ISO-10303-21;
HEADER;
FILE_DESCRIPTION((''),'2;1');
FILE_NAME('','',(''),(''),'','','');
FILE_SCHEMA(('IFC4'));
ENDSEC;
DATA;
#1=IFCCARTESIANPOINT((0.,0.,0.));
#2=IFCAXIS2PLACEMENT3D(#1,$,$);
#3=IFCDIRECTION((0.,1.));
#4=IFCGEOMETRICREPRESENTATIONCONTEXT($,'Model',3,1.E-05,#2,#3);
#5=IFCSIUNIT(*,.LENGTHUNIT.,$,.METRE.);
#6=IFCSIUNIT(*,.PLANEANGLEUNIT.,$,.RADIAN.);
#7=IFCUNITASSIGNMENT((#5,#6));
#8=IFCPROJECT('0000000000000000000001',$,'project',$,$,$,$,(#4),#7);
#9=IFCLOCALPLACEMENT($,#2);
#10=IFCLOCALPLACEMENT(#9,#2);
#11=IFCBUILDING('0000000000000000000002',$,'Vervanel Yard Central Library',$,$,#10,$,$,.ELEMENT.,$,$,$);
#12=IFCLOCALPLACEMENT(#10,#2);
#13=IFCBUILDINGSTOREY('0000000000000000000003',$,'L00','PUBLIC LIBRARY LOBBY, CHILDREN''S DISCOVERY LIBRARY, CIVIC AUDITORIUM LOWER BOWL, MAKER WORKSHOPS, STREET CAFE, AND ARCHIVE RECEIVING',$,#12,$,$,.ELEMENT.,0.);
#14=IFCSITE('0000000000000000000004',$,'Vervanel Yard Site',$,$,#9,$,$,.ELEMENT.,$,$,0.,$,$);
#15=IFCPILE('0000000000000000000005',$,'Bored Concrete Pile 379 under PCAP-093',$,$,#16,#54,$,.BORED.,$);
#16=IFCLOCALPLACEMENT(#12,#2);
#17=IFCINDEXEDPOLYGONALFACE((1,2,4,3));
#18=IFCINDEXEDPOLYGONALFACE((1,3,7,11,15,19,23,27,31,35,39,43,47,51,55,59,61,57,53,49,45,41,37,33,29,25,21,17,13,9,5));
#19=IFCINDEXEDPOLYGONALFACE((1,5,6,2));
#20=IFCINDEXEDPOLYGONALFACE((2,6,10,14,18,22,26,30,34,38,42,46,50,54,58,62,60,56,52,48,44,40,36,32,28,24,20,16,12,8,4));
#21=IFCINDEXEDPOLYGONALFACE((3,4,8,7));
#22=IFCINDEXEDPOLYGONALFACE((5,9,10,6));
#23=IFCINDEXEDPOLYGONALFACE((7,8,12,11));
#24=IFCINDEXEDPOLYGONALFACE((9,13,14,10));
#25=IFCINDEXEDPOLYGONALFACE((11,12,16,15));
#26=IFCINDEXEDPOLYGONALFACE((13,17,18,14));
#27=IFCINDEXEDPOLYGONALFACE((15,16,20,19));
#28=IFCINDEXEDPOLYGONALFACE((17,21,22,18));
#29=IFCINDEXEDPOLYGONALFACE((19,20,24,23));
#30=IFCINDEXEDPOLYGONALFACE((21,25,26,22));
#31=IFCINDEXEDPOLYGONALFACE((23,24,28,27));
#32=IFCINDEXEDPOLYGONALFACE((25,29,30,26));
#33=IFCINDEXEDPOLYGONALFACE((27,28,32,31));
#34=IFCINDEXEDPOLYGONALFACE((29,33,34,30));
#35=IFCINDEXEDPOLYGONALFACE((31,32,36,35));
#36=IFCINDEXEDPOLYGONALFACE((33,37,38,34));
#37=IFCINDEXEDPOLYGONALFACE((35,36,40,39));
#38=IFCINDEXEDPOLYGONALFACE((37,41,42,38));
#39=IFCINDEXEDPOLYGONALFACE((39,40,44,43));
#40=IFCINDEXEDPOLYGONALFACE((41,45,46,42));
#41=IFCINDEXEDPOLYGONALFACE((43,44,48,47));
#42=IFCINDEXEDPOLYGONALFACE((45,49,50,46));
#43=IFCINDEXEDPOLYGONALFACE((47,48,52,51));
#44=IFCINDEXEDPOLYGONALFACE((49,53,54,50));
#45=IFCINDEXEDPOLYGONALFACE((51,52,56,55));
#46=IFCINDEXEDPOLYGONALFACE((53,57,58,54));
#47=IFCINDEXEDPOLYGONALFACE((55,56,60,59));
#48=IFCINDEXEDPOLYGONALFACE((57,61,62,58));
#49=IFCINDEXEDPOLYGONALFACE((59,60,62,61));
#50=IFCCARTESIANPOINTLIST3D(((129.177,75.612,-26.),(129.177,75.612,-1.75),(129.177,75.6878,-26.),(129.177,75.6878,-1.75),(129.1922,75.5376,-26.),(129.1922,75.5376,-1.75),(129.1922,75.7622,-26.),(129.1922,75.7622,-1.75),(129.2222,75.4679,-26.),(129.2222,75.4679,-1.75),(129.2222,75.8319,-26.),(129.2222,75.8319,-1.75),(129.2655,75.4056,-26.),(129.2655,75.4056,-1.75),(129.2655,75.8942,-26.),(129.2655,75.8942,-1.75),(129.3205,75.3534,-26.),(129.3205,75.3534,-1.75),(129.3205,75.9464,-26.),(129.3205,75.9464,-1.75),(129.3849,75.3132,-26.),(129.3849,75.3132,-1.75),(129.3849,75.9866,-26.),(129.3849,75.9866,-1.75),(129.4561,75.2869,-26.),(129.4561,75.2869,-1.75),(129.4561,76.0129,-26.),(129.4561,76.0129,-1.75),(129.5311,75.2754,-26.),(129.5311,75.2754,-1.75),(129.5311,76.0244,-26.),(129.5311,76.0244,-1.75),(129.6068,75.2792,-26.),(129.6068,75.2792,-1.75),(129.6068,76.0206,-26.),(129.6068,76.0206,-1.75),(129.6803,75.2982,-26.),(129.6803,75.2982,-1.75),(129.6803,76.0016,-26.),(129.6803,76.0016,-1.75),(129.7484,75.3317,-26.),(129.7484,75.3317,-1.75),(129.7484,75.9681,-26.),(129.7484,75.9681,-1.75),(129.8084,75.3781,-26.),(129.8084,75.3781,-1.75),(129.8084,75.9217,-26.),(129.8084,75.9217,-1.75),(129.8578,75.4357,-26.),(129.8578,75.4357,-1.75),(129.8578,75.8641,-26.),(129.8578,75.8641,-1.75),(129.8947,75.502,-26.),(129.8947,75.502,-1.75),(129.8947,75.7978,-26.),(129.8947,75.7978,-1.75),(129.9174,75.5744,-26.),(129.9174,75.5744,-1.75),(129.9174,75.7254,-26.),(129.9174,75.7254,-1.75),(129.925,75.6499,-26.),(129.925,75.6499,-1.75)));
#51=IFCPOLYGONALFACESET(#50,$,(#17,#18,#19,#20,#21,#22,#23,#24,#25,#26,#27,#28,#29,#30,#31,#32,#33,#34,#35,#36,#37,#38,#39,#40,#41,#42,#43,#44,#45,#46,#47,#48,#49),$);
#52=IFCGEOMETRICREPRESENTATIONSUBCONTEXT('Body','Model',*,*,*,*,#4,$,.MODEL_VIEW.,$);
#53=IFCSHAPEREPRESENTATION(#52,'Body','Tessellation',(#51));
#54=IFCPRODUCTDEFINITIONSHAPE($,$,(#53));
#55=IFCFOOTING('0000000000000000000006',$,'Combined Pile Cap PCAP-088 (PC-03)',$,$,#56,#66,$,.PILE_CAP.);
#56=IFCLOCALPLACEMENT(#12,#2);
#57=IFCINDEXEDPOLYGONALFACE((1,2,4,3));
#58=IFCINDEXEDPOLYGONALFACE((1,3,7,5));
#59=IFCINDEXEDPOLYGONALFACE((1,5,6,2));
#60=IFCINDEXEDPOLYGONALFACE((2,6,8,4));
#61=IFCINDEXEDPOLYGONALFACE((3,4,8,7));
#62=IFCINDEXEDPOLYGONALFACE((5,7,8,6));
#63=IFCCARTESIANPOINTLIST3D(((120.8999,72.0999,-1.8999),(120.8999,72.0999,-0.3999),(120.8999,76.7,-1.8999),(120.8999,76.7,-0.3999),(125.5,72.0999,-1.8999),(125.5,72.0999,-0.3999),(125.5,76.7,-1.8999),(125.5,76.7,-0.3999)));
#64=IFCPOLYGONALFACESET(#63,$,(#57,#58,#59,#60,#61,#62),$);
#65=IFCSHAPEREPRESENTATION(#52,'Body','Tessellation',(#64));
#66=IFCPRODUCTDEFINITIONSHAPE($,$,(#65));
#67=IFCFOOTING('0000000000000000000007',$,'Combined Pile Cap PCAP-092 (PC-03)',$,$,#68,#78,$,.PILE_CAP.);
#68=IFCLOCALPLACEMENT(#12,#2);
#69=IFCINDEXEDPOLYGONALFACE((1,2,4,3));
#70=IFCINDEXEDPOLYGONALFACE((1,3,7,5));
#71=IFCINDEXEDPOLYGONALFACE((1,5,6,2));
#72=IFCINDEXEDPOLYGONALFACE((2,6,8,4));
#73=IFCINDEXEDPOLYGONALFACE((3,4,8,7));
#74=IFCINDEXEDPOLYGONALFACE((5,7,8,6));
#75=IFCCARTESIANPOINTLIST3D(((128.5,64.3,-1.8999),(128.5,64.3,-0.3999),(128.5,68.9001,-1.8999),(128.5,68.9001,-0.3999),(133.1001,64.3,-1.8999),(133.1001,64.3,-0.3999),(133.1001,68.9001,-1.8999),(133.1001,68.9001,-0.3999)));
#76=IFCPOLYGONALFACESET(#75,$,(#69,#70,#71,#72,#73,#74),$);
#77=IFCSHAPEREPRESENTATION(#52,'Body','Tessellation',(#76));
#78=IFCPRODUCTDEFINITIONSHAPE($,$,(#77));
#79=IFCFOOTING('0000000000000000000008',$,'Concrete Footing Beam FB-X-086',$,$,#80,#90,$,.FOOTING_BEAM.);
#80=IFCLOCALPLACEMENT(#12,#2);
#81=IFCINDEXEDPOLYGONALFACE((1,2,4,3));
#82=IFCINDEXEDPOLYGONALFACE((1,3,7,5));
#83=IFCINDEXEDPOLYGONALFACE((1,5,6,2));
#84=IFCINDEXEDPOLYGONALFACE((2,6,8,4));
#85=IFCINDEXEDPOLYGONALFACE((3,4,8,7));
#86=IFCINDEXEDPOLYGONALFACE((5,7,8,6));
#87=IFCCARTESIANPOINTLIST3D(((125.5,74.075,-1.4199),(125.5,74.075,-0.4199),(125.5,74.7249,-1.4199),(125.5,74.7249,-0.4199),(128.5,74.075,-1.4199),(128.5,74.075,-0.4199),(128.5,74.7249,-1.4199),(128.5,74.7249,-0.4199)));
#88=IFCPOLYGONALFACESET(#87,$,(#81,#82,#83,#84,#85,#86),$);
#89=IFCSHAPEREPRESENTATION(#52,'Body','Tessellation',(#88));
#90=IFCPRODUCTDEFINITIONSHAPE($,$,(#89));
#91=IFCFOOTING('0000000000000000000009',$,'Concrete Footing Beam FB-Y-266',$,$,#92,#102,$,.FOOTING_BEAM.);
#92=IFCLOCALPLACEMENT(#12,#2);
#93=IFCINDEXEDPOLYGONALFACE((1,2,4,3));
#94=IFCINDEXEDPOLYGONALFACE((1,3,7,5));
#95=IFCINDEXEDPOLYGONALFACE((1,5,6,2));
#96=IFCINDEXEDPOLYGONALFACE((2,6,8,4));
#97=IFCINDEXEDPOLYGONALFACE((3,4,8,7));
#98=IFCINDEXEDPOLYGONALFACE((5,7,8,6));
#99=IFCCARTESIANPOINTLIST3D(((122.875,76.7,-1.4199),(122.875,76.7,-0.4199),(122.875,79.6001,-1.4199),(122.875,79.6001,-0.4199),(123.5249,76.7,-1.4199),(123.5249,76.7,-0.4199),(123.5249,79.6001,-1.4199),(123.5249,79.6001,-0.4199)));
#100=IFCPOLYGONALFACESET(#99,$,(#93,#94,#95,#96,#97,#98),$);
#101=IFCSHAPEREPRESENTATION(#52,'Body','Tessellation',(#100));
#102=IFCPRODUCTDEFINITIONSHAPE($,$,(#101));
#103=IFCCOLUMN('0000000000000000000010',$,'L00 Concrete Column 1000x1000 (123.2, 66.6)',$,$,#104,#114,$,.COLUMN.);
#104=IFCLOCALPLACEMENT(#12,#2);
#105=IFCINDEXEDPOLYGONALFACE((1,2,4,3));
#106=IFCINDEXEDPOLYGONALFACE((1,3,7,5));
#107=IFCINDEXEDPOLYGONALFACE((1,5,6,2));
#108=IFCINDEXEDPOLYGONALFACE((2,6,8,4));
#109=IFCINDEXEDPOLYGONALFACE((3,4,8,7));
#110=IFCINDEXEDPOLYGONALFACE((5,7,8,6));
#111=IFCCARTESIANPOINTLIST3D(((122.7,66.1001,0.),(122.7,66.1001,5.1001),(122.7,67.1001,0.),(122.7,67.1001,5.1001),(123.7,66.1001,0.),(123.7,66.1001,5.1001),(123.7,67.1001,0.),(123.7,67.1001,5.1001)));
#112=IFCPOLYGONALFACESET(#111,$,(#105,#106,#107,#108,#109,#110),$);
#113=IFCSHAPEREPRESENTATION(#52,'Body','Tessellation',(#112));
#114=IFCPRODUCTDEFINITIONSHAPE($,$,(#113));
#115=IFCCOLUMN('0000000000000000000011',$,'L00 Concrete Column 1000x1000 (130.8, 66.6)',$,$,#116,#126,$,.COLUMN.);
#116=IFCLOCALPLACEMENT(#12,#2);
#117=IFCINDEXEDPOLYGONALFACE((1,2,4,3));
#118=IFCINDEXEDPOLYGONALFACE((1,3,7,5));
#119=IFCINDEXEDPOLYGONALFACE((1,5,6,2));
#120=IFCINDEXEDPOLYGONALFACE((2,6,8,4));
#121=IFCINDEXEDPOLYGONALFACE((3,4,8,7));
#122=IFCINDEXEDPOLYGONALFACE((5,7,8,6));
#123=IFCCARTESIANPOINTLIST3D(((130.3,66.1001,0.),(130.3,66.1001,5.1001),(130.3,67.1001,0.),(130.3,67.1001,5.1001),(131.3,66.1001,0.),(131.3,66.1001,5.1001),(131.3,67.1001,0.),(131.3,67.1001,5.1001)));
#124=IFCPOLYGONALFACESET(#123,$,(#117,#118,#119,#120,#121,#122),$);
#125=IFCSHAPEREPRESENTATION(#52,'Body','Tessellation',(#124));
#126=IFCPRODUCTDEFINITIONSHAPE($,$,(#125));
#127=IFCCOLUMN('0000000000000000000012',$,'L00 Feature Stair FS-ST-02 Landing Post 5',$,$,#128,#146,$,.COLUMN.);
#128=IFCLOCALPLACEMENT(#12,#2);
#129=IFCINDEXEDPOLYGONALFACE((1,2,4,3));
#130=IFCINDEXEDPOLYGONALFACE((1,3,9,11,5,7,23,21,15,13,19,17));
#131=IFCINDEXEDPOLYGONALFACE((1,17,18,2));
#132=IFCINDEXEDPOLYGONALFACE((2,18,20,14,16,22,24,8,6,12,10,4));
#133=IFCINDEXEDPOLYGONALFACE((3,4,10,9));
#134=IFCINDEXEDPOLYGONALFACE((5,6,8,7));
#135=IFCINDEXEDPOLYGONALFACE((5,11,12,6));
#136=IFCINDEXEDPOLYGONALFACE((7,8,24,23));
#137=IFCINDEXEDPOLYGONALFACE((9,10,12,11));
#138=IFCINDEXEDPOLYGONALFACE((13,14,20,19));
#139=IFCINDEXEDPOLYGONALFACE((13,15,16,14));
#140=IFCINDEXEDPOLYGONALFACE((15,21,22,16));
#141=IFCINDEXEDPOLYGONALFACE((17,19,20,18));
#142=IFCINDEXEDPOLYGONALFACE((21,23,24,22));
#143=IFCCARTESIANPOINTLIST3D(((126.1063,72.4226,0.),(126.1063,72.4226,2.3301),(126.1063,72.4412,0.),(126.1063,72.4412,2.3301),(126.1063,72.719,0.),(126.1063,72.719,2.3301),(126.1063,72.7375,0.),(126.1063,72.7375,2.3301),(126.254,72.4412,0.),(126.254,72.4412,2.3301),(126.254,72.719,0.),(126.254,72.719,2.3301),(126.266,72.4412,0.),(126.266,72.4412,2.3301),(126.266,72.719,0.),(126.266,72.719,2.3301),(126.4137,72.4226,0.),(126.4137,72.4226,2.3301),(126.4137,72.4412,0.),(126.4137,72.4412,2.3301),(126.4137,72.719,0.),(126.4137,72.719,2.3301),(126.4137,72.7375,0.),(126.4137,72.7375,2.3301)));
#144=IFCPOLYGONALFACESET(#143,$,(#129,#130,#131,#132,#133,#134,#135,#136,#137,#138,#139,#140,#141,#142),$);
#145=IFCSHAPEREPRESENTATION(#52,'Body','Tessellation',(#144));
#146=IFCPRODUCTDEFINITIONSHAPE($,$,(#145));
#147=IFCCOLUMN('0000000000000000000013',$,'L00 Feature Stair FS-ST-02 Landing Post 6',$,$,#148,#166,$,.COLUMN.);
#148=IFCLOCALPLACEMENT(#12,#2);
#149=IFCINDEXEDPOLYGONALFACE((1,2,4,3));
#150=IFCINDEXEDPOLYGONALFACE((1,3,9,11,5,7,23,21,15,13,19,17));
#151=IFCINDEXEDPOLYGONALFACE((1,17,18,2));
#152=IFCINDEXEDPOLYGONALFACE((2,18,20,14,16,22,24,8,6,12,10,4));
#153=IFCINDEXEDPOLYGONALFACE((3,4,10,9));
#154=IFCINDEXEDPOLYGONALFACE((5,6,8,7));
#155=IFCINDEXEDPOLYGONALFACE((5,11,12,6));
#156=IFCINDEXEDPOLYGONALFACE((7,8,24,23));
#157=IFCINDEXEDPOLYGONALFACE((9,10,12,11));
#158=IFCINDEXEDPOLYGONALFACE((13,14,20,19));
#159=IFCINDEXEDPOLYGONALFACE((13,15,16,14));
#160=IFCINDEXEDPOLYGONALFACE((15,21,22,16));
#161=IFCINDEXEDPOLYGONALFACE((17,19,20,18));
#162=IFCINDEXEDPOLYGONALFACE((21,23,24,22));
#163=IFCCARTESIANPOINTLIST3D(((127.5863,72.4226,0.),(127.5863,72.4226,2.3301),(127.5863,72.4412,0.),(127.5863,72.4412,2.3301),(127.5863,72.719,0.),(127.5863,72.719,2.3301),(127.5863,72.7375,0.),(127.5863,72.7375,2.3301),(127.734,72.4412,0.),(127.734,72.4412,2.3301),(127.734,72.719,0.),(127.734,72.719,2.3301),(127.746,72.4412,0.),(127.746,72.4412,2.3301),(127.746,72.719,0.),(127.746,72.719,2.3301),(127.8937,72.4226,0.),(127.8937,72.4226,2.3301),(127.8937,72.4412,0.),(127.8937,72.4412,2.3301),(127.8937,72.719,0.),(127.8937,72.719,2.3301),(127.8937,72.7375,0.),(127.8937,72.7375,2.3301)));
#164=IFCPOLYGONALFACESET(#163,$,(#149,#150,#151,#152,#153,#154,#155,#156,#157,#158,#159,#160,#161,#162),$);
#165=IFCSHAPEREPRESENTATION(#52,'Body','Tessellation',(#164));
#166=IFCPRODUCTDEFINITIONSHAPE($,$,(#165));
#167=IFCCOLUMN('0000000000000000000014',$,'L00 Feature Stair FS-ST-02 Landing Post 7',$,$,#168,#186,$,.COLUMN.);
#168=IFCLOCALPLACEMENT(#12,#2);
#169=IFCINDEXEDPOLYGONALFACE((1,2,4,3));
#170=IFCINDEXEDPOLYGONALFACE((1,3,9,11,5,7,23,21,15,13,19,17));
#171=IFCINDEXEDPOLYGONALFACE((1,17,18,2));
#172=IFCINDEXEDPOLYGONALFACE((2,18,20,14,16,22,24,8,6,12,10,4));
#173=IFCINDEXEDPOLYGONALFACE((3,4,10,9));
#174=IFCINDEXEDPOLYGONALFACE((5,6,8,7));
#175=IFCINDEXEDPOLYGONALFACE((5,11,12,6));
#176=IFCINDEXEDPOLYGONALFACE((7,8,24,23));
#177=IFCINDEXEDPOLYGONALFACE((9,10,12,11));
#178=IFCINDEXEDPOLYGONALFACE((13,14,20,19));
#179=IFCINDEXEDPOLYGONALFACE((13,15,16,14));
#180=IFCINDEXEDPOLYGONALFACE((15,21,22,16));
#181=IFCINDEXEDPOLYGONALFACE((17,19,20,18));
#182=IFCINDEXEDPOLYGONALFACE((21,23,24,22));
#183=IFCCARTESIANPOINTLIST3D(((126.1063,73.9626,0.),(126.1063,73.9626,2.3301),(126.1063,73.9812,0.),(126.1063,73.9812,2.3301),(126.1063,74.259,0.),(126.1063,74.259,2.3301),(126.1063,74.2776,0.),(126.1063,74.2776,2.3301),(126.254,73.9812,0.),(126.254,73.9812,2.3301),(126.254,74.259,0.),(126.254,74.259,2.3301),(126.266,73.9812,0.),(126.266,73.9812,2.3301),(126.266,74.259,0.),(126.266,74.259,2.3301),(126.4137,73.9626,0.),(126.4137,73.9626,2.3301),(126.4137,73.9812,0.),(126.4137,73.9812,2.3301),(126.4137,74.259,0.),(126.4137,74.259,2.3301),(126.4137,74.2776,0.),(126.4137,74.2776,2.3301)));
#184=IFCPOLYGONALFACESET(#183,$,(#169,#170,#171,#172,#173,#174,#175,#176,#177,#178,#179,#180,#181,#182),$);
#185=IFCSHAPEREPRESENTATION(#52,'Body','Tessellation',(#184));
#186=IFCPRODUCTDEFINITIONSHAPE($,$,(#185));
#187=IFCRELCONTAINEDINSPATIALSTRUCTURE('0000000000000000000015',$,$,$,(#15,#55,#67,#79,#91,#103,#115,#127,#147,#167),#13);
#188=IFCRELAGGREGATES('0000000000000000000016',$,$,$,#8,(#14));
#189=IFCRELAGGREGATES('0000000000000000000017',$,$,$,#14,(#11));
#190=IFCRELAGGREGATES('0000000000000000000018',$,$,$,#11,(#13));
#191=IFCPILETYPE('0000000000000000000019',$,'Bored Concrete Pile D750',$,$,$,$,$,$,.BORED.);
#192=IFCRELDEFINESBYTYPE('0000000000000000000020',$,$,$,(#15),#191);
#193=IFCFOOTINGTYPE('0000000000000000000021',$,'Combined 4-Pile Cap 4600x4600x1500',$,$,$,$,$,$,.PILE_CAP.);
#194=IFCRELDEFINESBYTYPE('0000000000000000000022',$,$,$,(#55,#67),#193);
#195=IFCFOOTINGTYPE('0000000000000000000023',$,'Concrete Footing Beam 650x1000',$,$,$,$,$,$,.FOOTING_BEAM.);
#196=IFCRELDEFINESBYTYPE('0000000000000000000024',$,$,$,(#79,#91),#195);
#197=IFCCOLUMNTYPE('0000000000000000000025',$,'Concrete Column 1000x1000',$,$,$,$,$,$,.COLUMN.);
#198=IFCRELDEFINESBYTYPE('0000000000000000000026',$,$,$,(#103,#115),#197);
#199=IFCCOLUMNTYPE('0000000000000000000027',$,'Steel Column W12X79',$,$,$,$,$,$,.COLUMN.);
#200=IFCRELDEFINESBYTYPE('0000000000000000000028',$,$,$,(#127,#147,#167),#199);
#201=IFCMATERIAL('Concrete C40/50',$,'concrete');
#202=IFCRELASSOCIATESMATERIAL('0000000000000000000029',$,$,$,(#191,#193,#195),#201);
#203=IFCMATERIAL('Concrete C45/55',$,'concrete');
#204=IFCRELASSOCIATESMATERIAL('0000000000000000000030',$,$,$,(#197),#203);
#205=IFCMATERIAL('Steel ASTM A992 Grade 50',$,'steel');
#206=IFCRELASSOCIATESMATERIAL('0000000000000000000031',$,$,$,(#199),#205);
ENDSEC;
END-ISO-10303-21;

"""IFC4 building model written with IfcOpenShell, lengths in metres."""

from ifc_helpers import new_model, si_unit, direction, frame, origin, origin_2d, place, context, subcontext, project, spatial, rectangle, circle, i_section, extrude, material, material_profile, profile_set, type_object, element, save


model = new_model("IFC4")

# Units and contexts
model_context = context("Model", 3, precision=1e-05, world=origin(), true_north=direction((0.0, 1.0)))
body_context = subcontext(model_context, "Body", "Model", "MODEL_VIEW")
ifc_project = project(units=[si_unit("LENGTHUNIT", "METRE"), si_unit("PLANEANGLEUNIT", "RADIAN")], contexts=[model_context])

# Site, building, storey
site_placement = place(None, origin())
site = spatial("IfcSite", under=ifc_project, at=site_placement, Name="Vervanel Yard Site", CompositionType="ELEMENT", RefElevation=0.0)
building_placement = place(site_placement, origin())
building = spatial("IfcBuilding", under=site, at=building_placement, Name="Vervanel Yard Central Library", CompositionType="ELEMENT")
storey_placement = place(building_placement, origin())
storey = spatial("IfcBuildingStorey", under=building, at=storey_placement, Name="L00", Description="PUBLIC LIBRARY LOBBY, CHILDREN'S DISCOVERY LIBRARY, CIVIC AUDITORIUM LOWER BOWL, MAKER WORKSHOPS, STREET CAFE, AND ARCHIVE RECEIVING", CompositionType="ELEMENT", Elevation=0.0)

# Pile
ifc_material_1 = material(Name="Concrete C40/50", Category="concrete")
ifc_material_profile_1 = material_profile(ifc_material_1, circle(Radius=0.375, at=origin_2d()), Name="BP D750", Category="concrete")
ifc_profile_set_1 = profile_set([ifc_material_profile_1], Name="Concrete C40/50")
pile_type = type_object("IfcPileType", Name="Bored Concrete Pile D750", PredefinedType="BORED", material=ifc_profile_set_1)
for number, where, z_axis, x_axis, name in (
    (1, (129.55, 75.6499, -1.75), (0.0, 0.0, -1.0), (1.0, 0.0, 0.0), "Bored Concrete Pile 379 under PCAP-093"),
):
    element("IfcPile", number, at=place(storey_placement, frame(where, z_axis=z_axis, x_axis=x_axis)), inside=storey, type_object=pile_type, Name=name, PredefinedType="BORED", context=body_context, shape_type="SweptSolid", body=[
        extrude(circle(Radius=0.375, at=origin_2d()), origin(), (0.0, 0.0, 1.0), 24.25),
    ])

# Footings
footing_type_1 = type_object("IfcFootingType", Name="Combined 4-Pile Cap 4600x4600x1500", PredefinedType="PILE_CAP", material=ifc_material_1)
for number, where, z_axis, x_axis, name in (
    (2, (123.2, 74.3999, -1.8999), (0.0, 0.0, 1.0), (1.0, 0.0, 0.0), "Combined Pile Cap PCAP-088 (PC-03)"),
    (3, (130.8, 66.6001, -1.8999), (0.0, 0.0, 1.0), (1.0, 0.0, 0.0), "Combined Pile Cap PCAP-092 (PC-03)"),
):
    element("IfcFooting", number, at=place(storey_placement, frame(where, z_axis=z_axis, x_axis=x_axis)), inside=storey, type_object=footing_type_1, Name=name, PredefinedType="PILE_CAP", context=body_context, shape_type="SweptSolid", body=[
        extrude(rectangle(XDim=4.6001, YDim=4.6001, at=origin_2d()), origin(), (0.0, 0.0, 1.0), 1.5),
    ])
ifc_material_profile_2 = material_profile(ifc_material_1, rectangle(XDim=0.6499, YDim=1.0, at=origin_2d()), Name="RC 650x1000", Category="concrete")
ifc_profile_set_2 = profile_set([ifc_material_profile_2], Name="Concrete C40/50")
footing_type_2 = type_object("IfcFootingType", Name="Concrete Footing Beam 650x1000", PredefinedType="FOOTING_BEAM", material=ifc_profile_set_2)
footing_1_placement = place(storey_placement, frame((125.5, 74.3999, -0.9199), z_axis=(1.0, 0.0, 0.0), x_axis=(0.0, 1.0, 0.0)))
element("IfcFooting", 4, at=footing_1_placement, inside=storey, type_object=footing_type_2, Name="Concrete Footing Beam FB-X-086", PredefinedType="FOOTING_BEAM", context=body_context, shape_type="SweptSolid", body=[
    extrude(rectangle(XDim=0.6499, YDim=1.0, at=origin_2d()), origin(), (0.0, 0.0, 1.0), 3.0),
])
footing_2_placement = place(storey_placement, frame((123.2, 76.7, -0.9199), z_axis=(0.0, 1.0, 0.0), x_axis=(-1.0, 0.0, 0.0)))
element("IfcFooting", 5, at=footing_2_placement, inside=storey, type_object=footing_type_2, Name="Concrete Footing Beam FB-Y-266", PredefinedType="FOOTING_BEAM", context=body_context, shape_type="SweptSolid", body=[
    extrude(rectangle(XDim=0.6499, YDim=1.0, at=origin_2d()), origin(), (0.0, 0.0, 1.0), 2.9001),
])

# Columns
ifc_material_2 = material(Name="Concrete C45/55", Category="concrete")
ifc_material_profile_3 = material_profile(ifc_material_2, rectangle(XDim=1.0, YDim=1.0, at=origin_2d()), Name="RC 1000x1000", Category="concrete")
ifc_profile_set_3 = profile_set([ifc_material_profile_3], Name="Concrete C45/55")
column_type_1 = type_object("IfcColumnType", Name="Concrete Column 1000x1000", PredefinedType="COLUMN", material=ifc_profile_set_3)
for number, where, z_axis, x_axis, name in (
    (6, (123.2, 66.6001, 0.0), (0.0, 0.0, 1.0), (1.0, 0.0, 0.0), "L00 Concrete Column 1000x1000 (123.2, 66.6)"),
    (7, (130.8, 66.6001, 0.0), (0.0, 0.0, 1.0), (1.0, 0.0, 0.0), "L00 Concrete Column 1000x1000 (130.8, 66.6)"),
):
    element("IfcColumn", number, at=place(storey_placement, frame(where, z_axis=z_axis, x_axis=x_axis)), inside=storey, type_object=column_type_1, Name=name, PredefinedType="COLUMN", context=body_context, shape_type="SweptSolid", body=[
        extrude(rectangle(XDim=1.0, YDim=1.0, at=origin_2d()), origin(), (0.0, 0.0, 1.0), 5.1001),
    ])
ifc_material_3 = material(Name="Steel ASTM A992 Grade 50", Category="steel")
ifc_material_profile_4 = material_profile(ifc_material_3, i_section(OverallWidth=0.3074, OverallDepth=0.3149, WebThickness=0.012, FlangeThickness=0.0186, at=origin_2d()), Name="W12X79", Category="steel")
ifc_profile_set_4 = profile_set([ifc_material_profile_4], Name="Steel ASTM A992 Grade 50")
column_type_2 = type_object("IfcColumnType", Name="Steel Column W12X79", PredefinedType="COLUMN", material=ifc_profile_set_4)
for number, where, z_axis, x_axis, name in (
    (8, (126.26, 72.5801, 0.0), (0.0, 0.0, 1.0), (1.0, 0.0, 0.0), "L00 Feature Stair FS-ST-02 Landing Post 5"),
    (9, (127.74, 72.5801, 0.0), (0.0, 0.0, 1.0), (1.0, 0.0, 0.0), "L00 Feature Stair FS-ST-02 Landing Post 6"),
    (10, (126.26, 74.1201, 0.0), (0.0, 0.0, 1.0), (1.0, 0.0, 0.0), "L00 Feature Stair FS-ST-02 Landing Post 7"),
):
    element("IfcColumn", number, at=place(storey_placement, frame(where, z_axis=z_axis, x_axis=x_axis)), inside=storey, type_object=column_type_2, Name=name, PredefinedType="COLUMN", context=body_context, shape_type="SweptSolid", body=[
        extrude(i_section(OverallWidth=0.3074, OverallDepth=0.3149, WebThickness=0.012, FlangeThickness=0.0186, at=origin_2d()), origin(), (0.0, 0.0, 1.0), 2.3301),
    ])

save(model, "model.ifc")
